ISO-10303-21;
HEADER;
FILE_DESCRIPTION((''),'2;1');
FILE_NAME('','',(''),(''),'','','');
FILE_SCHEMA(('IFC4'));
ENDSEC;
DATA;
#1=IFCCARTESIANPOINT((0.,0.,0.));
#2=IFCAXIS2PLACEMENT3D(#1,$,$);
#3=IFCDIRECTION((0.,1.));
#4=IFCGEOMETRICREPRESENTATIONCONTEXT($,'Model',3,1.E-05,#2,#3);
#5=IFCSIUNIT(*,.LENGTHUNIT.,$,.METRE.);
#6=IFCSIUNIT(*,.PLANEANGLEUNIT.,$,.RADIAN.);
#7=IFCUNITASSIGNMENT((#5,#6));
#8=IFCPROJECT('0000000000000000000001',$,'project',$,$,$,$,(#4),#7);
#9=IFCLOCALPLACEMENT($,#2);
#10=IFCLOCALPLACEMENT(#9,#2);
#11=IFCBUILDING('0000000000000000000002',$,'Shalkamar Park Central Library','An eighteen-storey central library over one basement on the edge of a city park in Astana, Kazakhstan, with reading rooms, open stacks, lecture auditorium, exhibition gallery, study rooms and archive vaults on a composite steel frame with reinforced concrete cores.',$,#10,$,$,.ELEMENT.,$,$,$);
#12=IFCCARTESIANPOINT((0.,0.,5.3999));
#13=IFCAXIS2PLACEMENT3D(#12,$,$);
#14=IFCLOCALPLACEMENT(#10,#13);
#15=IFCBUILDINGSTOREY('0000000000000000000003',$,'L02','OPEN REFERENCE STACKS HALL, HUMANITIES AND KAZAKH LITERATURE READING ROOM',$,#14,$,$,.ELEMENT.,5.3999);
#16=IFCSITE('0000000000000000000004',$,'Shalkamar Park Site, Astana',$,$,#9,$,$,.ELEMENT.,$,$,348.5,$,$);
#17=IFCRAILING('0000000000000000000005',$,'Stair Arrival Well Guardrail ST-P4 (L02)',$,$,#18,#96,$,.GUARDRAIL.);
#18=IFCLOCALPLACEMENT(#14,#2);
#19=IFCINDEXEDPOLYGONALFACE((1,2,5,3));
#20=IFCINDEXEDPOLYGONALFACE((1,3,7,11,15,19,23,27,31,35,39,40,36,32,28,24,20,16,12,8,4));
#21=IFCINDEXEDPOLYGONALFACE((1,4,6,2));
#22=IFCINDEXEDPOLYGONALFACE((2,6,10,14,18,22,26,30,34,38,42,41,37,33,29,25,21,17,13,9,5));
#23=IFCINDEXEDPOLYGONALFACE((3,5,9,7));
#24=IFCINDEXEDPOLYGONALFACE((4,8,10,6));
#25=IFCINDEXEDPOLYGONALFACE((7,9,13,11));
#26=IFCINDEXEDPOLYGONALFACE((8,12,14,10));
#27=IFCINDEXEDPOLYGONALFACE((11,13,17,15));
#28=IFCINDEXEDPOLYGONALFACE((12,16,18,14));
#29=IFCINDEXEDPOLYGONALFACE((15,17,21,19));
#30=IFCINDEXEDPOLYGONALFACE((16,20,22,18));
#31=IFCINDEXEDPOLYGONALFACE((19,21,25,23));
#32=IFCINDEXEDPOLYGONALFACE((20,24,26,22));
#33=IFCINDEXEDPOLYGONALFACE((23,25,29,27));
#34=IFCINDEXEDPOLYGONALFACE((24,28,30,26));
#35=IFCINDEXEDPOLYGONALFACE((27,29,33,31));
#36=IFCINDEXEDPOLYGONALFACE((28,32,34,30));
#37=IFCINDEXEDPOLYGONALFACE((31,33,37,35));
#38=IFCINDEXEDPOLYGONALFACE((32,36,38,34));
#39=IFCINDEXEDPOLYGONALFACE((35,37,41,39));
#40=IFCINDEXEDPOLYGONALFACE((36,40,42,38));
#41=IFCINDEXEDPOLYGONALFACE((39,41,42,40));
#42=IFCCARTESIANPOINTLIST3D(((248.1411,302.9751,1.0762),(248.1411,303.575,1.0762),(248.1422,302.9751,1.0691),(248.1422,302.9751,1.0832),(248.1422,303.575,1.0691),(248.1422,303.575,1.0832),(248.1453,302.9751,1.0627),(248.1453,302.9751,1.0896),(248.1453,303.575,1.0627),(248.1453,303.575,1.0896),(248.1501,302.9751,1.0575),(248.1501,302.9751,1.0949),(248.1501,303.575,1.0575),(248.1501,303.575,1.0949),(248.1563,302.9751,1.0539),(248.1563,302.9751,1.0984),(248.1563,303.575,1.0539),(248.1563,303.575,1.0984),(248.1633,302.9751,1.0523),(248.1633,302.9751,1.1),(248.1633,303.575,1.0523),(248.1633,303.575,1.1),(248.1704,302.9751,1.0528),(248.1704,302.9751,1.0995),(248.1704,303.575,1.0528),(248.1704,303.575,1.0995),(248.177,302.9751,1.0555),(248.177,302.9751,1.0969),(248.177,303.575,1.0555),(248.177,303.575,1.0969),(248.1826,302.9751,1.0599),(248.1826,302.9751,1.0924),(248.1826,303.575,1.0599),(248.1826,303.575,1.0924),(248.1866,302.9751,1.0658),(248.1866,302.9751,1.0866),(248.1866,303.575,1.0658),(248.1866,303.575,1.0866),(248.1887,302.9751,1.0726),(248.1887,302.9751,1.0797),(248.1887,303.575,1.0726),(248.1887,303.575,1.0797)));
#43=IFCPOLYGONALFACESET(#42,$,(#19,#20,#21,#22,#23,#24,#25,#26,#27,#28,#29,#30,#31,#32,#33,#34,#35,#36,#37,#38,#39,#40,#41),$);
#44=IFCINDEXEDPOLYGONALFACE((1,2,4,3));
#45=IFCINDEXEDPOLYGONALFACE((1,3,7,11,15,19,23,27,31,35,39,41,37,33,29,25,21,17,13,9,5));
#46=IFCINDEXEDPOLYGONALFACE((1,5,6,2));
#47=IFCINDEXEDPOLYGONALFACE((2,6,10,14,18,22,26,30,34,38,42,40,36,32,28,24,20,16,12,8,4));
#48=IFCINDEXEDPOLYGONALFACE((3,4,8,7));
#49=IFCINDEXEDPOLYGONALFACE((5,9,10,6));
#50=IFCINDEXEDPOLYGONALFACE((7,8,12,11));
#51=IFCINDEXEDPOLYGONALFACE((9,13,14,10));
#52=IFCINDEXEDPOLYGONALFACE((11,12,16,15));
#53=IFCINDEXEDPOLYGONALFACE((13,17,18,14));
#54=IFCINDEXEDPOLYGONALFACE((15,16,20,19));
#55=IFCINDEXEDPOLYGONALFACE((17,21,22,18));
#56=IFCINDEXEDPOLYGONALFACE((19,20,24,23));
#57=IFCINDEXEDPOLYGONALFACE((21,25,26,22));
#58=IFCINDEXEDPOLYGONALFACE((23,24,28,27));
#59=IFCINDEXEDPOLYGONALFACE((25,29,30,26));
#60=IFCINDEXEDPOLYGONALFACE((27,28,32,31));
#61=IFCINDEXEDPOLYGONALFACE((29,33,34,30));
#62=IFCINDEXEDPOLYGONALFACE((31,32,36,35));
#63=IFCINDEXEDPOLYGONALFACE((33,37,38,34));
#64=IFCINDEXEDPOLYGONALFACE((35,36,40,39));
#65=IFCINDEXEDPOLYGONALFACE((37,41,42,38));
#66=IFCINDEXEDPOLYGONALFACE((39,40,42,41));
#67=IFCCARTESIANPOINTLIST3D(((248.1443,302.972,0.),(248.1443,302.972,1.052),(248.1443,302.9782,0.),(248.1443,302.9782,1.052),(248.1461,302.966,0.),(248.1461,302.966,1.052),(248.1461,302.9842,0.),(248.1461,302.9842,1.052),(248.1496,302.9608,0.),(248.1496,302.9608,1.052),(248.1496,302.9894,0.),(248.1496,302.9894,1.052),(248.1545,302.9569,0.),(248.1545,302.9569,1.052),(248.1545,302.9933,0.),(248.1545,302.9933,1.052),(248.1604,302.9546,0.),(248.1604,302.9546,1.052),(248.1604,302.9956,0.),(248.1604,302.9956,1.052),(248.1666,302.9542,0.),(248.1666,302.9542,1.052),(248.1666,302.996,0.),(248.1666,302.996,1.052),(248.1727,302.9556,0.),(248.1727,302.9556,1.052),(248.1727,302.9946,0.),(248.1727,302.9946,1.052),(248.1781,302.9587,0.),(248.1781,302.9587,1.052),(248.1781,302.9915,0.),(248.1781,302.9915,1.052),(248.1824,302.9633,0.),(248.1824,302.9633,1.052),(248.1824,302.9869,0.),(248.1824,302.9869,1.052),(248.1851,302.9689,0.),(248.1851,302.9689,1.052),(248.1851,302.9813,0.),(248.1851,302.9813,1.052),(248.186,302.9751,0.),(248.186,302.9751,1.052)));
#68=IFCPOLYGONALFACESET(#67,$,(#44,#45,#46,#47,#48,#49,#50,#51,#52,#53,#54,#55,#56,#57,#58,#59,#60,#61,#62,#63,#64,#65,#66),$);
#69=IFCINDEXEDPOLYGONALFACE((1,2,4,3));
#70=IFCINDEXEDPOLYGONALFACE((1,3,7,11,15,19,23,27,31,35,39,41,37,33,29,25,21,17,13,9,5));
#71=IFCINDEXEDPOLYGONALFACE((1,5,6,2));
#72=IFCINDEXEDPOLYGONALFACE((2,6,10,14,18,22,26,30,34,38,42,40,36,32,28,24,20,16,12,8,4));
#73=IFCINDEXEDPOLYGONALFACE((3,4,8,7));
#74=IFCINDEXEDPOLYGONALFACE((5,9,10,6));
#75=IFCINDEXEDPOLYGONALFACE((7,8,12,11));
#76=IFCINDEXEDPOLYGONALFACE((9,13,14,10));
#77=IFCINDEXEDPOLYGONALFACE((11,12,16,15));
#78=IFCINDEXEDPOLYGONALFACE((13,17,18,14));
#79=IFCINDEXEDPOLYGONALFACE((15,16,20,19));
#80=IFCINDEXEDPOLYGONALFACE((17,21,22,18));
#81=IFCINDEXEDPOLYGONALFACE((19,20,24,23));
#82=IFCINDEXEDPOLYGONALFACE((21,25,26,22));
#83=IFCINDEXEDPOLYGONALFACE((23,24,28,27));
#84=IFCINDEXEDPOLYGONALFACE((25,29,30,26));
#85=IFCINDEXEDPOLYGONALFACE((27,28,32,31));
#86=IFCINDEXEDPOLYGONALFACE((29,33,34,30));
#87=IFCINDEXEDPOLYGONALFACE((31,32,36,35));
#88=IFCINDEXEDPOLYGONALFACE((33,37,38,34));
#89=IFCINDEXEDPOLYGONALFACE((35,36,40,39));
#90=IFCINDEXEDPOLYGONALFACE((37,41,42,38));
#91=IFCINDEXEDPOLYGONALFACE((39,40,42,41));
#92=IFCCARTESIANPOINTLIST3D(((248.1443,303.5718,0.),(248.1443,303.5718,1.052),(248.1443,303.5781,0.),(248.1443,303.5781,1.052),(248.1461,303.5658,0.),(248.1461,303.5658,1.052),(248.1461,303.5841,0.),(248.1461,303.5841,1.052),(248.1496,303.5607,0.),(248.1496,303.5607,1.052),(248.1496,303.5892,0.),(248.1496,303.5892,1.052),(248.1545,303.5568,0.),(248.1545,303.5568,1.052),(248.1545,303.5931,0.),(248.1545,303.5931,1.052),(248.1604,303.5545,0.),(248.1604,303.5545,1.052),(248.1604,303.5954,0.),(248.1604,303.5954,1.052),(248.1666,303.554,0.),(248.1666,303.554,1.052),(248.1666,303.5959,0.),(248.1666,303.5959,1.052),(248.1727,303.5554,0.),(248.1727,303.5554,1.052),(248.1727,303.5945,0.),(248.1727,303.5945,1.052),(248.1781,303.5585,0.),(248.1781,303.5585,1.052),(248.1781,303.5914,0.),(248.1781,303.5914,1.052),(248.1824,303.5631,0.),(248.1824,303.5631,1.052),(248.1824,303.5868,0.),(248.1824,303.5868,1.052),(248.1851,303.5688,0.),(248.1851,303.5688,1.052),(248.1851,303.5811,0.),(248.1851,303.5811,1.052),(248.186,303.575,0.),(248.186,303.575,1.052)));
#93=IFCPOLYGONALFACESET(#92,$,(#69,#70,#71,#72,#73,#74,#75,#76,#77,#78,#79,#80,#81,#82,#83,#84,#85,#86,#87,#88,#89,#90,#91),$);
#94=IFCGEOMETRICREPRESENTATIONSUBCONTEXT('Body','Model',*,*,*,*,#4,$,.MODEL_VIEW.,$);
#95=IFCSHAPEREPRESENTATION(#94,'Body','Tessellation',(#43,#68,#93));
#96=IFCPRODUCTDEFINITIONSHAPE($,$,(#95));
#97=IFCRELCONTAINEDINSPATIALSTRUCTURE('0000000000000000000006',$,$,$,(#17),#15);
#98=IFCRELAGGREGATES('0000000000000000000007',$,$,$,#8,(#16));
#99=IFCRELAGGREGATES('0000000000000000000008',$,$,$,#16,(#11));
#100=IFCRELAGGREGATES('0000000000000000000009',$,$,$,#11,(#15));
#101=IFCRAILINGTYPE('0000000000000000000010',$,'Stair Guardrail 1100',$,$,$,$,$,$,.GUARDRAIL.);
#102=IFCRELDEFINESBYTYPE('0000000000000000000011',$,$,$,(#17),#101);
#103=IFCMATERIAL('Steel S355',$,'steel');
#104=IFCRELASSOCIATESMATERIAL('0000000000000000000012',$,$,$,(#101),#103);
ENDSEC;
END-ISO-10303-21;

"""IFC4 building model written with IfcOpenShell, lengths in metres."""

from ifc_helpers import new_model, si_unit, direction, frame, origin, origin_2d, place, context, subcontext, project, spatial, circle, extrude, material, type_object, element, save


model = new_model("IFC4")

# Units and contexts
model_context = context("Model", 3, precision=1e-05, world=origin(), true_north=direction((0.0, 1.0)))
body_context = subcontext(model_context, "Body", "Model", "MODEL_VIEW")
ifc_project = project(units=[si_unit("LENGTHUNIT", "METRE"), si_unit("PLANEANGLEUNIT", "RADIAN")], contexts=[model_context])

# Site, building, storey
site_placement = place(None, origin())
site = spatial("IfcSite", under=ifc_project, at=site_placement, Name="Shalkamar Park Site, Astana", CompositionType="ELEMENT", RefElevation=348.5)
building_placement = place(site_placement, origin())
building = spatial("IfcBuilding", under=site, at=building_placement, Name="Shalkamar Park Central Library", Description="An eighteen-storey central library over one basement on the edge of a city park in Astana, Kazakhstan, with reading rooms, open stacks, lecture auditorium, exhibition gallery, study rooms and archive vaults on a composite steel frame with reinforced concrete cores.", CompositionType="ELEMENT")
storey_placement = place(building_placement, frame((0.0, 0.0, 5.3999)))
storey = spatial("IfcBuildingStorey", under=building, at=storey_placement, Name="L02", Description="OPEN REFERENCE STACKS HALL, HUMANITIES AND KAZAKH LITERATURE READING ROOM", CompositionType="ELEMENT", Elevation=5.3999)

# Shared definitions
ifc_material_1 = material(Name="Steel S355", Category="steel")

# Railing
railing_type_1 = type_object("IfcRailingType", Name="Stair Guardrail 1100", PredefinedType="GUARDRAIL", material=ifc_material_1)
railing_1_placement = place(storey_placement, frame((248.165, 302.9751, 0.0)))
element("IfcRailing", 1, at=railing_1_placement, inside=storey, type_object=railing_type_1, Name="Stair Arrival Well Guardrail ST-P4 (L02)", PredefinedType="GUARDRAIL", context=body_context, shape_type="SweptSolid", body=[
    extrude(circle(Radius=0.0239, at=origin_2d()), frame((0.0, 0.0, 1.0762), z_axis=(0.0, 1.0, 0.0), x_axis=(-1.0, 0.0, 0.0)), (0.0, 0.0, 1.0), 0.5999),
    extrude(circle(Radius=0.021, at=origin_2d()), origin(), (0.0, 0.0, 1.0), 1.052),
    extrude(circle(Radius=0.021, at=origin_2d()), frame((0.0, 0.5999, 0.0)), (0.0, 0.0, 1.0), 1.052),
])

save(model, "model.ifc")
